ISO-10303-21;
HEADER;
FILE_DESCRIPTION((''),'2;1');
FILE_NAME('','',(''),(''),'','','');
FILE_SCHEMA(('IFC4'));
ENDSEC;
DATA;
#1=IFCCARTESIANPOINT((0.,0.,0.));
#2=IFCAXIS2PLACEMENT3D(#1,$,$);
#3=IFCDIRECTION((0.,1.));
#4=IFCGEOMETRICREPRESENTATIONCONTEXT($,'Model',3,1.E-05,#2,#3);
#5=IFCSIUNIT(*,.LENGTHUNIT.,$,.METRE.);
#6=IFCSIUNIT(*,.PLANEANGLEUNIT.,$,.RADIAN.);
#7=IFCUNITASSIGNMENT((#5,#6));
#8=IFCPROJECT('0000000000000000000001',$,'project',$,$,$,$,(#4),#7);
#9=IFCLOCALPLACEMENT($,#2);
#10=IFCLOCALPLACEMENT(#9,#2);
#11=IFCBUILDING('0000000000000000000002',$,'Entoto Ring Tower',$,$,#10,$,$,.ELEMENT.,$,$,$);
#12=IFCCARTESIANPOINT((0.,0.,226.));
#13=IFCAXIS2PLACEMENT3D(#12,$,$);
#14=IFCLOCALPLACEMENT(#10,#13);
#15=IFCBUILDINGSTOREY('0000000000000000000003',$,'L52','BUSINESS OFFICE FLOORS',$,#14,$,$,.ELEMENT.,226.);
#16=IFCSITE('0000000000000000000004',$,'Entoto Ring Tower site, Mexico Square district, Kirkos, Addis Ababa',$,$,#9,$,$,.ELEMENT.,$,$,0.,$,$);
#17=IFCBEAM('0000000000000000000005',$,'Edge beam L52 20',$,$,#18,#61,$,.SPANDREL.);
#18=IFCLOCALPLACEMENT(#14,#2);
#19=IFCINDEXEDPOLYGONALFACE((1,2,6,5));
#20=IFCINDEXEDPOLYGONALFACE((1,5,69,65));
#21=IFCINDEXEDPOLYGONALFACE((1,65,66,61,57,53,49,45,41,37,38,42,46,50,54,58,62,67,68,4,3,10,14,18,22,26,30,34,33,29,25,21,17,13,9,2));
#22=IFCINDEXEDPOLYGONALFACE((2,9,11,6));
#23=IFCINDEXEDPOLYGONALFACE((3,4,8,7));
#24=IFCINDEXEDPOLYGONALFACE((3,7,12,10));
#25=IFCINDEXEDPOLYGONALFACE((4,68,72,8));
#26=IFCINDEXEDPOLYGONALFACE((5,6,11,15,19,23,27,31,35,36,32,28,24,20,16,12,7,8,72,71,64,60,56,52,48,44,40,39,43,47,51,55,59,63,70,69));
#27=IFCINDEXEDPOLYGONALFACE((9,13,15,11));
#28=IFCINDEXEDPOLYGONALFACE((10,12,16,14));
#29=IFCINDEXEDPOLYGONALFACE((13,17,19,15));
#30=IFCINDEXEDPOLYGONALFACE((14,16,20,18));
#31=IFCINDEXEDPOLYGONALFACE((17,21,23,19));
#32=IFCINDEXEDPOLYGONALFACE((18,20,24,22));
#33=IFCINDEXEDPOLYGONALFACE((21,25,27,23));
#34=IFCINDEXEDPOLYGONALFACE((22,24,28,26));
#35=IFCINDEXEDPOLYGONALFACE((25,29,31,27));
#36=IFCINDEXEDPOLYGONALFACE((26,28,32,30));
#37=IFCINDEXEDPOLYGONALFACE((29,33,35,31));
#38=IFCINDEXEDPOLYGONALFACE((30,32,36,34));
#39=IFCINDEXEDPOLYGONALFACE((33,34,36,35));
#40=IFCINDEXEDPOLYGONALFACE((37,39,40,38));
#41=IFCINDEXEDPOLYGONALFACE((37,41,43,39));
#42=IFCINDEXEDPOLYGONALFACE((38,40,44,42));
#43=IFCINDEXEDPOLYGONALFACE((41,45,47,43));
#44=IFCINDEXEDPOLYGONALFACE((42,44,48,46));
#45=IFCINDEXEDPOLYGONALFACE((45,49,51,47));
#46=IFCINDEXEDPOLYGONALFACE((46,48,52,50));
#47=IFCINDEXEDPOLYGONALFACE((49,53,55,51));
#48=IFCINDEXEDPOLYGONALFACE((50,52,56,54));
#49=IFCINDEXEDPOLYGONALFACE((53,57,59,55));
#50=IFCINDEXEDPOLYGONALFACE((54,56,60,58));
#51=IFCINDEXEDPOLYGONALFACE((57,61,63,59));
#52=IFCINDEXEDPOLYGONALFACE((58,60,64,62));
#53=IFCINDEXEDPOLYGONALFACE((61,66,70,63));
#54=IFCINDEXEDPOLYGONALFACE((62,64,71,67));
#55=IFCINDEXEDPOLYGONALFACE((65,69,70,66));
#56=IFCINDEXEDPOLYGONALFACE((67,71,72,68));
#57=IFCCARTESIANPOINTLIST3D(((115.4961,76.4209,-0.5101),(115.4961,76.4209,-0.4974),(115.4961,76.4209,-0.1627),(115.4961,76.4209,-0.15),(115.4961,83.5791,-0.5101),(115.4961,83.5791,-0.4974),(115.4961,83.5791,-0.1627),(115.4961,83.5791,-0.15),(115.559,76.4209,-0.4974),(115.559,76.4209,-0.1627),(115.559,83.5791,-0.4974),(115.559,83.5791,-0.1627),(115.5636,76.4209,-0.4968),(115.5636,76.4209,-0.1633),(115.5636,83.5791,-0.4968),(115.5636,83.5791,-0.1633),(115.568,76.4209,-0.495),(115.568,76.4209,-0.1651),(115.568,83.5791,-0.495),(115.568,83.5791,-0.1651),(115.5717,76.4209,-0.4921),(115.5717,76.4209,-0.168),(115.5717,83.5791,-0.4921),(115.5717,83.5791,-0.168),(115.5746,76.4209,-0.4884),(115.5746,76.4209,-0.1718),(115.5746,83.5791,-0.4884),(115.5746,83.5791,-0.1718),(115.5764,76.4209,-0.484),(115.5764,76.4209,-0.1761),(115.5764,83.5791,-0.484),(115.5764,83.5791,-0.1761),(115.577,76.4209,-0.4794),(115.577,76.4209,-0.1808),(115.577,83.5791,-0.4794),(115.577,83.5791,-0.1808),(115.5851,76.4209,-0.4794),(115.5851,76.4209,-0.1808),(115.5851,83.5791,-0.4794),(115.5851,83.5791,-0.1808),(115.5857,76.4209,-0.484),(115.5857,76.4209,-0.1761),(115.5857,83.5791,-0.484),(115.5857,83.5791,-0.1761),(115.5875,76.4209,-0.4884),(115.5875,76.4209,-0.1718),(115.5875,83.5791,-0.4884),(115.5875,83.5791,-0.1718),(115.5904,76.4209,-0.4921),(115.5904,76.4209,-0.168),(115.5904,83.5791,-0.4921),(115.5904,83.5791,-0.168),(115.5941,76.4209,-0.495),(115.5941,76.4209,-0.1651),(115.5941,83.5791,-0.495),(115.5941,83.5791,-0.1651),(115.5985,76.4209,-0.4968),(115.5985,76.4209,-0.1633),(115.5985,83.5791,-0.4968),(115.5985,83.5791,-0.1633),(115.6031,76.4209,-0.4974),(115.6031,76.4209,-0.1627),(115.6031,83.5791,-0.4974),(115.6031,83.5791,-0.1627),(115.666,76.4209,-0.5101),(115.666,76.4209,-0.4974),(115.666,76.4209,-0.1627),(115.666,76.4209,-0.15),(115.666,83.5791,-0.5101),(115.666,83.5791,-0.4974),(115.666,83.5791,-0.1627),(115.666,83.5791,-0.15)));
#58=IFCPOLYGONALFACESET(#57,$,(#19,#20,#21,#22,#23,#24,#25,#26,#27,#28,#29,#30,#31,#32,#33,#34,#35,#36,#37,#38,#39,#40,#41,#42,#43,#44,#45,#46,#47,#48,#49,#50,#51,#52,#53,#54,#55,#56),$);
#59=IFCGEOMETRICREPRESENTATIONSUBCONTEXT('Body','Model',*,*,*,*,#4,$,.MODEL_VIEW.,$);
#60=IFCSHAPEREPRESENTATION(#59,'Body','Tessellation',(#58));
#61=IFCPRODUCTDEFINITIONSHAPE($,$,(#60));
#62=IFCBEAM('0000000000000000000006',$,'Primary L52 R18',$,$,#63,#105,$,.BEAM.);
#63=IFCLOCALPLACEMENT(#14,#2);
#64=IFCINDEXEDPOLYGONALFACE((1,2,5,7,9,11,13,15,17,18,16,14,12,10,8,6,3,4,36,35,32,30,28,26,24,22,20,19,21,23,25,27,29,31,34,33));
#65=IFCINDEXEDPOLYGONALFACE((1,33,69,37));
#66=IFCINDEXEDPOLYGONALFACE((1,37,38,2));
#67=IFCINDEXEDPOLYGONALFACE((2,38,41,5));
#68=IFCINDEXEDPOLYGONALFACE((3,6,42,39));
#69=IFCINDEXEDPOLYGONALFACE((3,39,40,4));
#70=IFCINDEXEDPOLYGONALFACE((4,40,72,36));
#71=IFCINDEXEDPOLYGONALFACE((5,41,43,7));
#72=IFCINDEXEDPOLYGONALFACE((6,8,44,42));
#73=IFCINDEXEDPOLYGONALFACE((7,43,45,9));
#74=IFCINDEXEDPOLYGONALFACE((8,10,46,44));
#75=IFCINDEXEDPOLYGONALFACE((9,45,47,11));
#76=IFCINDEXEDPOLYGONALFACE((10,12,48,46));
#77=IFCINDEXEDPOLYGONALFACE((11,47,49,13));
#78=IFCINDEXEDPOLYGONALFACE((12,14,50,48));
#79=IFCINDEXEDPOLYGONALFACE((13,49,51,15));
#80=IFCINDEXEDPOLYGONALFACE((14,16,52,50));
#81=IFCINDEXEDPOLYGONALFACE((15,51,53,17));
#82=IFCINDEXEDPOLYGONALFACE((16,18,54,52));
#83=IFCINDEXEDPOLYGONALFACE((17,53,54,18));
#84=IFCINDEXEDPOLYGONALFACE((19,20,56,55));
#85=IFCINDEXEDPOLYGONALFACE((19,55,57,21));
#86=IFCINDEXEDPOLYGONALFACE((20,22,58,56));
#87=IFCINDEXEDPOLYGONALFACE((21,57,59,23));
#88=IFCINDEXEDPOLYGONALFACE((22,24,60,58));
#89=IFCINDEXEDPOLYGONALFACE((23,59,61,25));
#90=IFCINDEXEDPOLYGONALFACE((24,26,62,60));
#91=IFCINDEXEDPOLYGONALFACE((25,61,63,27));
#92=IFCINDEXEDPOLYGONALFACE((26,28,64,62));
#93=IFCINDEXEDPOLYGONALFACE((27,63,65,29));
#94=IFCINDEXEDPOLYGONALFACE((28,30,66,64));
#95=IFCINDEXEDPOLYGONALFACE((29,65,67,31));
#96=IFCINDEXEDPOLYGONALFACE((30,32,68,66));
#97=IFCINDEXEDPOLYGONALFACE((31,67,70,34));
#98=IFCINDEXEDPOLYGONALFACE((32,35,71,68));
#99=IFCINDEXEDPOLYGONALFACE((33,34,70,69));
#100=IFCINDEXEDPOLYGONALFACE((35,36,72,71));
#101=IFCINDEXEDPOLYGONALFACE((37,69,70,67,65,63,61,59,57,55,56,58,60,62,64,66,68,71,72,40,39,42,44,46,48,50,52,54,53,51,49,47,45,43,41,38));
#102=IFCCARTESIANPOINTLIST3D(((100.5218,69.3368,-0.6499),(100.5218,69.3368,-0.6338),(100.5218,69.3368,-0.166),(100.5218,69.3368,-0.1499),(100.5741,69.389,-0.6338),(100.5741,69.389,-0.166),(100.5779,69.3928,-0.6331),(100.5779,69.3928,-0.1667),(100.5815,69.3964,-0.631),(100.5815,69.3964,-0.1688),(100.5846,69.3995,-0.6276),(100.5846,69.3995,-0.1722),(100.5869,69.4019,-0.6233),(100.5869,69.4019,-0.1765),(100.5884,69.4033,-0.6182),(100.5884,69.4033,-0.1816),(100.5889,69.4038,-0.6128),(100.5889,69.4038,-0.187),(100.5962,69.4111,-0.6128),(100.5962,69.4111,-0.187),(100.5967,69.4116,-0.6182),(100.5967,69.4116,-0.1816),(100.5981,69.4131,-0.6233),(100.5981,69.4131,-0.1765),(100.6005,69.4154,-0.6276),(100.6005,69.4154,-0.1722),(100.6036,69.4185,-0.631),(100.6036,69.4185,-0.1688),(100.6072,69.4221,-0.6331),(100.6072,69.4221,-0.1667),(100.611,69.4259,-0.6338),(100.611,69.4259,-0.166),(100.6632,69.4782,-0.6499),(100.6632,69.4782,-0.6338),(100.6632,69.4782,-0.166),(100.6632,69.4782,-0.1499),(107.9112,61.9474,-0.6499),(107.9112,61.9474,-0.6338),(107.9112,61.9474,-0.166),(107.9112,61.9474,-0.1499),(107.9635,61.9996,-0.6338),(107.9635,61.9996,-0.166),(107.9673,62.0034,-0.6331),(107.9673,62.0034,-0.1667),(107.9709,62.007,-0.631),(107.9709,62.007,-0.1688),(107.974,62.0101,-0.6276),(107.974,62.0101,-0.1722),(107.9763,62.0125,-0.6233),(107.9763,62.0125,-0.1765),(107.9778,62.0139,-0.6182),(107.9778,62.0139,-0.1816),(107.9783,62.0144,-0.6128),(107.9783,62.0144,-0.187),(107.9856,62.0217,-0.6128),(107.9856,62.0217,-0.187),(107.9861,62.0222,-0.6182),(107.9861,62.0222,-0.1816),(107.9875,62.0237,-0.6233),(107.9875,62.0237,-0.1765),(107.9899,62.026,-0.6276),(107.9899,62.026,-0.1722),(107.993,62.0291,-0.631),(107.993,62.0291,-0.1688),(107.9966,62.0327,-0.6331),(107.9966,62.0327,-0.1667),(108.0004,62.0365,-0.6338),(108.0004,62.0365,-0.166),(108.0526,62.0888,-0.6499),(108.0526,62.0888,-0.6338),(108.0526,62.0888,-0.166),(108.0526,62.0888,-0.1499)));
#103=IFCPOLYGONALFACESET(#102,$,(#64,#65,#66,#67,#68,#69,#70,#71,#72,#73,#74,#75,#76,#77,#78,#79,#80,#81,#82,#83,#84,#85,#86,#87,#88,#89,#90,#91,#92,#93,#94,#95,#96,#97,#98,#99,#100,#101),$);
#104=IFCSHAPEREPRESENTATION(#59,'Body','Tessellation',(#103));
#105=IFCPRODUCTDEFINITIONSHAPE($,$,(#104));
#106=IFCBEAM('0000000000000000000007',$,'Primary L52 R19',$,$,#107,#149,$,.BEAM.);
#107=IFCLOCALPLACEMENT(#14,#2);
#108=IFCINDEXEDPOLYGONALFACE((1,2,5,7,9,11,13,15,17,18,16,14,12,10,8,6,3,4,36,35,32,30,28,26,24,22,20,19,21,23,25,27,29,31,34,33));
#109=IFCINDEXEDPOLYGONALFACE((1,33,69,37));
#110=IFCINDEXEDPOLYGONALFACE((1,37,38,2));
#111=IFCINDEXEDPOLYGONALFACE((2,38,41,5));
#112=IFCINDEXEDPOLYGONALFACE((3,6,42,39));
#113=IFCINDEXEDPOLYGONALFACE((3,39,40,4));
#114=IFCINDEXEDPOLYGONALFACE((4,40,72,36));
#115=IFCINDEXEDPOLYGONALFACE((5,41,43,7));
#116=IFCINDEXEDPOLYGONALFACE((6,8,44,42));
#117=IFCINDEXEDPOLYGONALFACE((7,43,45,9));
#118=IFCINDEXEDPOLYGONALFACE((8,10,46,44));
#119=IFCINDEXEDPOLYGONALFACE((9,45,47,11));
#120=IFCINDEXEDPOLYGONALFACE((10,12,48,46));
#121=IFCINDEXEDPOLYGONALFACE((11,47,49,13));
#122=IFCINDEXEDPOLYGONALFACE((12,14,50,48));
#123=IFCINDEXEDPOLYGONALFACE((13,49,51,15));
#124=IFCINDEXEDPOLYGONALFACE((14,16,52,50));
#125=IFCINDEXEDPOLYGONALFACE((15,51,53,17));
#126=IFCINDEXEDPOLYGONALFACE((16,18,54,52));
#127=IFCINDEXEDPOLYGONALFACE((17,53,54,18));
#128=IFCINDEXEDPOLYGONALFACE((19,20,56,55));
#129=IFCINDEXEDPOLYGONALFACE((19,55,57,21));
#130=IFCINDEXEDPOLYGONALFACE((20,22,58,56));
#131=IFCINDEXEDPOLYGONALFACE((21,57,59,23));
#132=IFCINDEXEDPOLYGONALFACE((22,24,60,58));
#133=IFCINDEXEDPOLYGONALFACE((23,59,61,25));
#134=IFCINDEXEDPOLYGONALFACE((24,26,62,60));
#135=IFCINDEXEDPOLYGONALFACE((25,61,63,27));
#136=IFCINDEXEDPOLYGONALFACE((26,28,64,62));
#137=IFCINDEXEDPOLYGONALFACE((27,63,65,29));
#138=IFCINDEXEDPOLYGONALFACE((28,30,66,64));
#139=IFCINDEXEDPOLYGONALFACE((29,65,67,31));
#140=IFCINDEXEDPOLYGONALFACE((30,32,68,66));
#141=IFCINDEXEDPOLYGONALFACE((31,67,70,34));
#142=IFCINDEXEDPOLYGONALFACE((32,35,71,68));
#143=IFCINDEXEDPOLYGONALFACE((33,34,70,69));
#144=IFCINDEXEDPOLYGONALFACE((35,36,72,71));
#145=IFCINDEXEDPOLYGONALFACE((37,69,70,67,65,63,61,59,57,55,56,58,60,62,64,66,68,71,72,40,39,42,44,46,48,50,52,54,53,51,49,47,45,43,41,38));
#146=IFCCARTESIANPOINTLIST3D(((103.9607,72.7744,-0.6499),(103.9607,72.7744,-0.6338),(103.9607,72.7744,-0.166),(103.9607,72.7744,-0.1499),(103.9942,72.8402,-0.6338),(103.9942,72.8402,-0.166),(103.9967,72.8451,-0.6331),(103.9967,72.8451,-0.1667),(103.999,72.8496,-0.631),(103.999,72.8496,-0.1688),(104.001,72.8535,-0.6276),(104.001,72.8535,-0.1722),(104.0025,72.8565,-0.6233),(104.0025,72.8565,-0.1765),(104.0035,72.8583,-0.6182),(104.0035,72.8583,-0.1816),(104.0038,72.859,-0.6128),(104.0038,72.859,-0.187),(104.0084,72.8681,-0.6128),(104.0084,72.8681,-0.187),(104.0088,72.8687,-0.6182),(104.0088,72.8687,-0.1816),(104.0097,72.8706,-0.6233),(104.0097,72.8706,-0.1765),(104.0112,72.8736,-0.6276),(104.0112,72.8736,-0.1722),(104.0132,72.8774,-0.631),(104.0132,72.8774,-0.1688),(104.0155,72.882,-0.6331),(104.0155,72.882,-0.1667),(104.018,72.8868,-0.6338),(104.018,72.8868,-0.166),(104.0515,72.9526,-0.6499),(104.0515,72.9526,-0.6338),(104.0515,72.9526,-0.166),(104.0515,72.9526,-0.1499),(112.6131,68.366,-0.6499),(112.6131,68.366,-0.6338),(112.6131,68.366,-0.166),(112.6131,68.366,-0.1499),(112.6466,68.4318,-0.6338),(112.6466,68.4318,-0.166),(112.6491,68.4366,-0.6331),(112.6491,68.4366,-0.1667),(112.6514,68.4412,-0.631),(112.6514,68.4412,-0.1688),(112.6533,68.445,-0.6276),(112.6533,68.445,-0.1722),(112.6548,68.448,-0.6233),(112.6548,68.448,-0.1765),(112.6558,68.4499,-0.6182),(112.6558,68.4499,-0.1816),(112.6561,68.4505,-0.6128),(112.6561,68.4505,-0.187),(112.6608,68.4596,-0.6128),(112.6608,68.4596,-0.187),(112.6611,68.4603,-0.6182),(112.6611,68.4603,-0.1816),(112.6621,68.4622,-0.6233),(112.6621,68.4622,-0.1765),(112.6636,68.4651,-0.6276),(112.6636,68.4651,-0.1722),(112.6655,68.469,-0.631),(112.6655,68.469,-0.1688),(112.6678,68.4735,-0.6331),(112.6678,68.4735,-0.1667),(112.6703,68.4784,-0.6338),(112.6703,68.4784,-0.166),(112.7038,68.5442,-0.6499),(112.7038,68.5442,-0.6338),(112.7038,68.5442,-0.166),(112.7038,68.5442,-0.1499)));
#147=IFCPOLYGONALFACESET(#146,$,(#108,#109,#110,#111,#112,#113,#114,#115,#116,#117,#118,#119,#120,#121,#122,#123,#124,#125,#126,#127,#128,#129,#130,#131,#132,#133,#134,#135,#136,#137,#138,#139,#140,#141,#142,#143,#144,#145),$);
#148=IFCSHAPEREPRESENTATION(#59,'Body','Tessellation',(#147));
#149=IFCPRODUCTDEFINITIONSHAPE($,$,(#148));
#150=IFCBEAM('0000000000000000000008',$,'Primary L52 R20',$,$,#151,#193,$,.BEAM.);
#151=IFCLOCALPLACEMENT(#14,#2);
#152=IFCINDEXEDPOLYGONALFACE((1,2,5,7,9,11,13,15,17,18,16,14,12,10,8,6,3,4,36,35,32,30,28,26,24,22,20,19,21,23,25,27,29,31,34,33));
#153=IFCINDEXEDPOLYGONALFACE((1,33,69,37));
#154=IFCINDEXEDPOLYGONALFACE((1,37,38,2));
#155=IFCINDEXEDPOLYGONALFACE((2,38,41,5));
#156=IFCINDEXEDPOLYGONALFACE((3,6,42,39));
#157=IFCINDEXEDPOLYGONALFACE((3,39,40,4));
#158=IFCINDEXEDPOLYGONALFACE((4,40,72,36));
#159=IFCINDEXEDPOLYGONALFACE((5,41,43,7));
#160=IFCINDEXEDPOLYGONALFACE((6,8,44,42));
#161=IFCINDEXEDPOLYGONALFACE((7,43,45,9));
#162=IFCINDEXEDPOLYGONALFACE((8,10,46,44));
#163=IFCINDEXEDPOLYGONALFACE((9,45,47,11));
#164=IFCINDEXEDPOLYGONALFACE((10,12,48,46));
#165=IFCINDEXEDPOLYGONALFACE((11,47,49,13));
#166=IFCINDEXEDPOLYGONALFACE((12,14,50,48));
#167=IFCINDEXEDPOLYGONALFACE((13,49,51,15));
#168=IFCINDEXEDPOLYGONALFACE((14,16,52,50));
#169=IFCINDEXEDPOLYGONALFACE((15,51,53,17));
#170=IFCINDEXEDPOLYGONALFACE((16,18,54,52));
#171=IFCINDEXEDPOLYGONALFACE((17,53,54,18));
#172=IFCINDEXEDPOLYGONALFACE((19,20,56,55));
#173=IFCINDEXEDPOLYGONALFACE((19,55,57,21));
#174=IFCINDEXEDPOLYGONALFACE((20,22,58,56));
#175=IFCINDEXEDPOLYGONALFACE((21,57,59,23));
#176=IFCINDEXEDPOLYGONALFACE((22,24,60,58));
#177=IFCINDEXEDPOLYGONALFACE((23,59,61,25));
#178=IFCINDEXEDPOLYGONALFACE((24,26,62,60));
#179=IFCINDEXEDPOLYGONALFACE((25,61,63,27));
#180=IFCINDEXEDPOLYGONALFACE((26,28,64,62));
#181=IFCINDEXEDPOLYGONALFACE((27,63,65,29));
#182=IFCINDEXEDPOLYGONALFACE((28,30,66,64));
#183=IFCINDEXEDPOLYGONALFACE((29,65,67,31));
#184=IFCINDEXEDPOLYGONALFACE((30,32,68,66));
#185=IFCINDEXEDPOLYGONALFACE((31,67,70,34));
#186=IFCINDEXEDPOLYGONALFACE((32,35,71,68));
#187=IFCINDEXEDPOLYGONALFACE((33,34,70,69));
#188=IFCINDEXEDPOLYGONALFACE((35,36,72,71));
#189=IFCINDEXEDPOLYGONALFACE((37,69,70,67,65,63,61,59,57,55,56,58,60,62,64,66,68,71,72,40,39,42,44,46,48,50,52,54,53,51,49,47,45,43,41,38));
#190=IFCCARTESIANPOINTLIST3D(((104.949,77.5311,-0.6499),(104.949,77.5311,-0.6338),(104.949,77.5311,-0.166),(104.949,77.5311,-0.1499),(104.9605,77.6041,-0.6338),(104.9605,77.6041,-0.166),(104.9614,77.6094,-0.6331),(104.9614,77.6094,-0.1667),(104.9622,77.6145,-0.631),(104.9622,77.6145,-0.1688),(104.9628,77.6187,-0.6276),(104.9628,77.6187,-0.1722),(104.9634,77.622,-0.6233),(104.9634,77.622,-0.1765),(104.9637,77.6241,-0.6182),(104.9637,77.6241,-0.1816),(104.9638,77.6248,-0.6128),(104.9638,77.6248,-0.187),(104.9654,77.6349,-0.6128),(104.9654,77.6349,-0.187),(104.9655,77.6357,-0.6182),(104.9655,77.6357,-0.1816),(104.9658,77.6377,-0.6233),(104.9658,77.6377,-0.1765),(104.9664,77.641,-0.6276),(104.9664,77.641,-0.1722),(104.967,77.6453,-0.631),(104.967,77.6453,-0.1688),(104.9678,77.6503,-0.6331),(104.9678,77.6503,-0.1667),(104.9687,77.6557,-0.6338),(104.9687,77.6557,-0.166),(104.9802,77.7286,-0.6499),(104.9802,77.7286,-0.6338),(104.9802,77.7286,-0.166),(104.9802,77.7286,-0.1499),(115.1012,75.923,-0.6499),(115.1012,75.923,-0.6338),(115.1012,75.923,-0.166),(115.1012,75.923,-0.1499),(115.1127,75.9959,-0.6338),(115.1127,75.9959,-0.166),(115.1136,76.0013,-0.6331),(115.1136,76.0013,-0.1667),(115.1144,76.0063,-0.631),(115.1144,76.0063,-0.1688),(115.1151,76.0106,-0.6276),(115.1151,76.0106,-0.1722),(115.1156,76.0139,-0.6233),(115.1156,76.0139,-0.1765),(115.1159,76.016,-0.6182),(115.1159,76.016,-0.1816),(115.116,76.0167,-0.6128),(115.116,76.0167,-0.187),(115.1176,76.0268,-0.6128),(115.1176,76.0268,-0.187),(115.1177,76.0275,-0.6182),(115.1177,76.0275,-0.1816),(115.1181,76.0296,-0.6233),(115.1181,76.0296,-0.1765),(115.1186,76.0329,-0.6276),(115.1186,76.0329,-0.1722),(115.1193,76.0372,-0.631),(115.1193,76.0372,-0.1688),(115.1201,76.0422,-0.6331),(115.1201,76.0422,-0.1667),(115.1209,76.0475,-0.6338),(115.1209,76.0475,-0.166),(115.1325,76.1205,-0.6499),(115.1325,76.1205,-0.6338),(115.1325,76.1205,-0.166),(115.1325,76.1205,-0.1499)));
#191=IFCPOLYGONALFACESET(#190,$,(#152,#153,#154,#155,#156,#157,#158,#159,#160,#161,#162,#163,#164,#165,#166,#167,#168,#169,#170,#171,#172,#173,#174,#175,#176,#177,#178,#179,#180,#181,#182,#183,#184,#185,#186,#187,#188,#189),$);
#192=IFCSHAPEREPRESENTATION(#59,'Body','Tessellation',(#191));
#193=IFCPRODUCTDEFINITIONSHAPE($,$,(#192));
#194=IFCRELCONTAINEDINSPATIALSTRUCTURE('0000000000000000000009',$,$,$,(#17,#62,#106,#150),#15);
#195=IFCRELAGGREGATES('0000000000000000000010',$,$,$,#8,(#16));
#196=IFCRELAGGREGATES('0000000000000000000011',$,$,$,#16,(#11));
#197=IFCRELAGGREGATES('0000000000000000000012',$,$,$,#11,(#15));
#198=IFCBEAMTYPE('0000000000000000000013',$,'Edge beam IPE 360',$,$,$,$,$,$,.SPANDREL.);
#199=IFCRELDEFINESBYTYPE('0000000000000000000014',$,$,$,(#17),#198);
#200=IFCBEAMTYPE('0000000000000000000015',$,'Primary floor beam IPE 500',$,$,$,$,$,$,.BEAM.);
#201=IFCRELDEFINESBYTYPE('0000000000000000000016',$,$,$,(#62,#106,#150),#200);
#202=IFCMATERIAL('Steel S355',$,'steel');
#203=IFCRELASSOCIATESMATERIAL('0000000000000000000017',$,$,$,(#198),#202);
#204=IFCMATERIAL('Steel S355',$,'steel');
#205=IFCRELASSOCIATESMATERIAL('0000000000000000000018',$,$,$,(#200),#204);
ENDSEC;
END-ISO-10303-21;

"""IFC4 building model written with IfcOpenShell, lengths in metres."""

from ifc_helpers import new_model, si_unit, direction, frame, origin, origin_2d, place, context, subcontext, project, spatial, i_section, extrude, material, material_profile, profile_set, type_object, element, save


model = new_model("IFC4")

# Units and contexts
model_context = context("Model", 3, precision=1e-05, world=origin(), true_north=direction((0.0, 1.0)))
body_context = subcontext(model_context, "Body", "Model", "MODEL_VIEW")
ifc_project = project(units=[si_unit("LENGTHUNIT", "METRE"), si_unit("PLANEANGLEUNIT", "RADIAN")], contexts=[model_context])

# Site, building, storey
site_placement = place(None, origin())
site = spatial("IfcSite", under=ifc_project, at=site_placement, Name="Entoto Ring Tower site, Mexico Square district, Kirkos, Addis Ababa", CompositionType="ELEMENT", RefElevation=0.0)
building_placement = place(site_placement, origin())
building = spatial("IfcBuilding", under=site, at=building_placement, Name="Entoto Ring Tower", CompositionType="ELEMENT")
storey_placement = place(building_placement, frame((0.0, 0.0, 226.0)))
storey = spatial("IfcBuildingStorey", under=building, at=storey_placement, Name="L52", Description="BUSINESS OFFICE FLOORS", CompositionType="ELEMENT", Elevation=226.0)

# Beams
ifc_material_1 = material(Name="Steel S355", Category="steel")
ifc_material_profile_1 = material_profile(ifc_material_1, i_section(OverallWidth=0.1699, OverallDepth=0.3601, WebThickness=0.0081, FlangeThickness=0.0127, FilletRadius=0.0181, at=origin_2d()), Name="IPE 360")
ifc_profile_set_1 = profile_set([ifc_material_profile_1], Name="Steel S355")
beam_type_1 = type_object("IfcBeamType", Name="Edge beam IPE 360", PredefinedType="SPANDREL", material=ifc_profile_set_1)
beam_1_placement = place(storey_placement, frame((115.5811, 76.4209, -0.3301), z_axis=(0.0, 1.0, 0.0), x_axis=(-1.0, 0.0, 0.0)))
element("IfcBeam", 1, at=beam_1_placement, inside=storey, type_object=beam_type_1, Name="Edge beam L52 20", PredefinedType="SPANDREL", context=body_context, shape_type="SweptSolid", body=[
    extrude(i_section(OverallWidth=0.1699, OverallDepth=0.3601, WebThickness=0.0081, FlangeThickness=0.0127, FilletRadius=0.0181, at=origin_2d()), origin(), (0.0, 0.0, 1.0), 7.1582),
])
ifc_material_2 = material(Name="Steel S355", Category="steel")
ifc_material_profile_2 = material_profile(ifc_material_2, i_section(OverallWidth=0.2, OverallDepth=0.5, WebThickness=0.0103, FlangeThickness=0.0161, FilletRadius=0.021, at=origin_2d()), Name="IPE 500")
ifc_profile_set_2 = profile_set([ifc_material_profile_2], Name="Steel S355")
beam_type_2 = type_object("IfcBeamType", Name="Primary floor beam IPE 500", PredefinedType="BEAM", material=ifc_profile_set_2)
beam_2_placement = place(storey_placement, frame((100.5925, 69.4075, -0.3999), z_axis=(0.707107, -0.707107, 0.0), x_axis=(0.707107, 0.707107, 0.0)))
element("IfcBeam", 2, at=beam_2_placement, inside=storey, type_object=beam_type_2, Name="Primary L52 R18", PredefinedType="BEAM", context=body_context, shape_type="SweptSolid", body=[
    extrude(i_section(OverallWidth=0.2, OverallDepth=0.5, WebThickness=0.0103, FlangeThickness=0.0161, FilletRadius=0.021, at=origin_2d()), origin(), (0.0, 0.0, 1.0), 10.4502),
])
beam_3_placement = place(storey_placement, frame((104.0061, 72.8635, -0.3999), z_axis=(0.891012, -0.453979, 0.0), x_axis=(0.453979, 0.891012, 0.0)))
element("IfcBeam", 3, at=beam_3_placement, inside=storey, type_object=beam_type_2, Name="Primary L52 R19", PredefinedType="BEAM", context=body_context, shape_type="SweptSolid", body=[
    extrude(i_section(OverallWidth=0.2, OverallDepth=0.5, WebThickness=0.0103, FlangeThickness=0.0161, FilletRadius=0.021, at=origin_2d()), origin(), (0.0, 0.0, 1.0), 9.7107),
])
beam_4_placement = place(storey_placement, frame((104.9646, 77.6299, -0.3999), z_axis=(0.987686, -0.156452, 0.0), x_axis=(0.156452, 0.987686, 0.0)))
element("IfcBeam", 4, at=beam_4_placement, inside=storey, type_object=beam_type_2, Name="Primary L52 R20", PredefinedType="BEAM", context=body_context, shape_type="SweptSolid", body=[
    extrude(i_section(OverallWidth=0.2, OverallDepth=0.5, WebThickness=0.0103, FlangeThickness=0.0161, FilletRadius=0.021, at=origin_2d()), origin(), (0.0, 0.0, 1.0), 10.2788),
])

save(model, "model.ifc")
